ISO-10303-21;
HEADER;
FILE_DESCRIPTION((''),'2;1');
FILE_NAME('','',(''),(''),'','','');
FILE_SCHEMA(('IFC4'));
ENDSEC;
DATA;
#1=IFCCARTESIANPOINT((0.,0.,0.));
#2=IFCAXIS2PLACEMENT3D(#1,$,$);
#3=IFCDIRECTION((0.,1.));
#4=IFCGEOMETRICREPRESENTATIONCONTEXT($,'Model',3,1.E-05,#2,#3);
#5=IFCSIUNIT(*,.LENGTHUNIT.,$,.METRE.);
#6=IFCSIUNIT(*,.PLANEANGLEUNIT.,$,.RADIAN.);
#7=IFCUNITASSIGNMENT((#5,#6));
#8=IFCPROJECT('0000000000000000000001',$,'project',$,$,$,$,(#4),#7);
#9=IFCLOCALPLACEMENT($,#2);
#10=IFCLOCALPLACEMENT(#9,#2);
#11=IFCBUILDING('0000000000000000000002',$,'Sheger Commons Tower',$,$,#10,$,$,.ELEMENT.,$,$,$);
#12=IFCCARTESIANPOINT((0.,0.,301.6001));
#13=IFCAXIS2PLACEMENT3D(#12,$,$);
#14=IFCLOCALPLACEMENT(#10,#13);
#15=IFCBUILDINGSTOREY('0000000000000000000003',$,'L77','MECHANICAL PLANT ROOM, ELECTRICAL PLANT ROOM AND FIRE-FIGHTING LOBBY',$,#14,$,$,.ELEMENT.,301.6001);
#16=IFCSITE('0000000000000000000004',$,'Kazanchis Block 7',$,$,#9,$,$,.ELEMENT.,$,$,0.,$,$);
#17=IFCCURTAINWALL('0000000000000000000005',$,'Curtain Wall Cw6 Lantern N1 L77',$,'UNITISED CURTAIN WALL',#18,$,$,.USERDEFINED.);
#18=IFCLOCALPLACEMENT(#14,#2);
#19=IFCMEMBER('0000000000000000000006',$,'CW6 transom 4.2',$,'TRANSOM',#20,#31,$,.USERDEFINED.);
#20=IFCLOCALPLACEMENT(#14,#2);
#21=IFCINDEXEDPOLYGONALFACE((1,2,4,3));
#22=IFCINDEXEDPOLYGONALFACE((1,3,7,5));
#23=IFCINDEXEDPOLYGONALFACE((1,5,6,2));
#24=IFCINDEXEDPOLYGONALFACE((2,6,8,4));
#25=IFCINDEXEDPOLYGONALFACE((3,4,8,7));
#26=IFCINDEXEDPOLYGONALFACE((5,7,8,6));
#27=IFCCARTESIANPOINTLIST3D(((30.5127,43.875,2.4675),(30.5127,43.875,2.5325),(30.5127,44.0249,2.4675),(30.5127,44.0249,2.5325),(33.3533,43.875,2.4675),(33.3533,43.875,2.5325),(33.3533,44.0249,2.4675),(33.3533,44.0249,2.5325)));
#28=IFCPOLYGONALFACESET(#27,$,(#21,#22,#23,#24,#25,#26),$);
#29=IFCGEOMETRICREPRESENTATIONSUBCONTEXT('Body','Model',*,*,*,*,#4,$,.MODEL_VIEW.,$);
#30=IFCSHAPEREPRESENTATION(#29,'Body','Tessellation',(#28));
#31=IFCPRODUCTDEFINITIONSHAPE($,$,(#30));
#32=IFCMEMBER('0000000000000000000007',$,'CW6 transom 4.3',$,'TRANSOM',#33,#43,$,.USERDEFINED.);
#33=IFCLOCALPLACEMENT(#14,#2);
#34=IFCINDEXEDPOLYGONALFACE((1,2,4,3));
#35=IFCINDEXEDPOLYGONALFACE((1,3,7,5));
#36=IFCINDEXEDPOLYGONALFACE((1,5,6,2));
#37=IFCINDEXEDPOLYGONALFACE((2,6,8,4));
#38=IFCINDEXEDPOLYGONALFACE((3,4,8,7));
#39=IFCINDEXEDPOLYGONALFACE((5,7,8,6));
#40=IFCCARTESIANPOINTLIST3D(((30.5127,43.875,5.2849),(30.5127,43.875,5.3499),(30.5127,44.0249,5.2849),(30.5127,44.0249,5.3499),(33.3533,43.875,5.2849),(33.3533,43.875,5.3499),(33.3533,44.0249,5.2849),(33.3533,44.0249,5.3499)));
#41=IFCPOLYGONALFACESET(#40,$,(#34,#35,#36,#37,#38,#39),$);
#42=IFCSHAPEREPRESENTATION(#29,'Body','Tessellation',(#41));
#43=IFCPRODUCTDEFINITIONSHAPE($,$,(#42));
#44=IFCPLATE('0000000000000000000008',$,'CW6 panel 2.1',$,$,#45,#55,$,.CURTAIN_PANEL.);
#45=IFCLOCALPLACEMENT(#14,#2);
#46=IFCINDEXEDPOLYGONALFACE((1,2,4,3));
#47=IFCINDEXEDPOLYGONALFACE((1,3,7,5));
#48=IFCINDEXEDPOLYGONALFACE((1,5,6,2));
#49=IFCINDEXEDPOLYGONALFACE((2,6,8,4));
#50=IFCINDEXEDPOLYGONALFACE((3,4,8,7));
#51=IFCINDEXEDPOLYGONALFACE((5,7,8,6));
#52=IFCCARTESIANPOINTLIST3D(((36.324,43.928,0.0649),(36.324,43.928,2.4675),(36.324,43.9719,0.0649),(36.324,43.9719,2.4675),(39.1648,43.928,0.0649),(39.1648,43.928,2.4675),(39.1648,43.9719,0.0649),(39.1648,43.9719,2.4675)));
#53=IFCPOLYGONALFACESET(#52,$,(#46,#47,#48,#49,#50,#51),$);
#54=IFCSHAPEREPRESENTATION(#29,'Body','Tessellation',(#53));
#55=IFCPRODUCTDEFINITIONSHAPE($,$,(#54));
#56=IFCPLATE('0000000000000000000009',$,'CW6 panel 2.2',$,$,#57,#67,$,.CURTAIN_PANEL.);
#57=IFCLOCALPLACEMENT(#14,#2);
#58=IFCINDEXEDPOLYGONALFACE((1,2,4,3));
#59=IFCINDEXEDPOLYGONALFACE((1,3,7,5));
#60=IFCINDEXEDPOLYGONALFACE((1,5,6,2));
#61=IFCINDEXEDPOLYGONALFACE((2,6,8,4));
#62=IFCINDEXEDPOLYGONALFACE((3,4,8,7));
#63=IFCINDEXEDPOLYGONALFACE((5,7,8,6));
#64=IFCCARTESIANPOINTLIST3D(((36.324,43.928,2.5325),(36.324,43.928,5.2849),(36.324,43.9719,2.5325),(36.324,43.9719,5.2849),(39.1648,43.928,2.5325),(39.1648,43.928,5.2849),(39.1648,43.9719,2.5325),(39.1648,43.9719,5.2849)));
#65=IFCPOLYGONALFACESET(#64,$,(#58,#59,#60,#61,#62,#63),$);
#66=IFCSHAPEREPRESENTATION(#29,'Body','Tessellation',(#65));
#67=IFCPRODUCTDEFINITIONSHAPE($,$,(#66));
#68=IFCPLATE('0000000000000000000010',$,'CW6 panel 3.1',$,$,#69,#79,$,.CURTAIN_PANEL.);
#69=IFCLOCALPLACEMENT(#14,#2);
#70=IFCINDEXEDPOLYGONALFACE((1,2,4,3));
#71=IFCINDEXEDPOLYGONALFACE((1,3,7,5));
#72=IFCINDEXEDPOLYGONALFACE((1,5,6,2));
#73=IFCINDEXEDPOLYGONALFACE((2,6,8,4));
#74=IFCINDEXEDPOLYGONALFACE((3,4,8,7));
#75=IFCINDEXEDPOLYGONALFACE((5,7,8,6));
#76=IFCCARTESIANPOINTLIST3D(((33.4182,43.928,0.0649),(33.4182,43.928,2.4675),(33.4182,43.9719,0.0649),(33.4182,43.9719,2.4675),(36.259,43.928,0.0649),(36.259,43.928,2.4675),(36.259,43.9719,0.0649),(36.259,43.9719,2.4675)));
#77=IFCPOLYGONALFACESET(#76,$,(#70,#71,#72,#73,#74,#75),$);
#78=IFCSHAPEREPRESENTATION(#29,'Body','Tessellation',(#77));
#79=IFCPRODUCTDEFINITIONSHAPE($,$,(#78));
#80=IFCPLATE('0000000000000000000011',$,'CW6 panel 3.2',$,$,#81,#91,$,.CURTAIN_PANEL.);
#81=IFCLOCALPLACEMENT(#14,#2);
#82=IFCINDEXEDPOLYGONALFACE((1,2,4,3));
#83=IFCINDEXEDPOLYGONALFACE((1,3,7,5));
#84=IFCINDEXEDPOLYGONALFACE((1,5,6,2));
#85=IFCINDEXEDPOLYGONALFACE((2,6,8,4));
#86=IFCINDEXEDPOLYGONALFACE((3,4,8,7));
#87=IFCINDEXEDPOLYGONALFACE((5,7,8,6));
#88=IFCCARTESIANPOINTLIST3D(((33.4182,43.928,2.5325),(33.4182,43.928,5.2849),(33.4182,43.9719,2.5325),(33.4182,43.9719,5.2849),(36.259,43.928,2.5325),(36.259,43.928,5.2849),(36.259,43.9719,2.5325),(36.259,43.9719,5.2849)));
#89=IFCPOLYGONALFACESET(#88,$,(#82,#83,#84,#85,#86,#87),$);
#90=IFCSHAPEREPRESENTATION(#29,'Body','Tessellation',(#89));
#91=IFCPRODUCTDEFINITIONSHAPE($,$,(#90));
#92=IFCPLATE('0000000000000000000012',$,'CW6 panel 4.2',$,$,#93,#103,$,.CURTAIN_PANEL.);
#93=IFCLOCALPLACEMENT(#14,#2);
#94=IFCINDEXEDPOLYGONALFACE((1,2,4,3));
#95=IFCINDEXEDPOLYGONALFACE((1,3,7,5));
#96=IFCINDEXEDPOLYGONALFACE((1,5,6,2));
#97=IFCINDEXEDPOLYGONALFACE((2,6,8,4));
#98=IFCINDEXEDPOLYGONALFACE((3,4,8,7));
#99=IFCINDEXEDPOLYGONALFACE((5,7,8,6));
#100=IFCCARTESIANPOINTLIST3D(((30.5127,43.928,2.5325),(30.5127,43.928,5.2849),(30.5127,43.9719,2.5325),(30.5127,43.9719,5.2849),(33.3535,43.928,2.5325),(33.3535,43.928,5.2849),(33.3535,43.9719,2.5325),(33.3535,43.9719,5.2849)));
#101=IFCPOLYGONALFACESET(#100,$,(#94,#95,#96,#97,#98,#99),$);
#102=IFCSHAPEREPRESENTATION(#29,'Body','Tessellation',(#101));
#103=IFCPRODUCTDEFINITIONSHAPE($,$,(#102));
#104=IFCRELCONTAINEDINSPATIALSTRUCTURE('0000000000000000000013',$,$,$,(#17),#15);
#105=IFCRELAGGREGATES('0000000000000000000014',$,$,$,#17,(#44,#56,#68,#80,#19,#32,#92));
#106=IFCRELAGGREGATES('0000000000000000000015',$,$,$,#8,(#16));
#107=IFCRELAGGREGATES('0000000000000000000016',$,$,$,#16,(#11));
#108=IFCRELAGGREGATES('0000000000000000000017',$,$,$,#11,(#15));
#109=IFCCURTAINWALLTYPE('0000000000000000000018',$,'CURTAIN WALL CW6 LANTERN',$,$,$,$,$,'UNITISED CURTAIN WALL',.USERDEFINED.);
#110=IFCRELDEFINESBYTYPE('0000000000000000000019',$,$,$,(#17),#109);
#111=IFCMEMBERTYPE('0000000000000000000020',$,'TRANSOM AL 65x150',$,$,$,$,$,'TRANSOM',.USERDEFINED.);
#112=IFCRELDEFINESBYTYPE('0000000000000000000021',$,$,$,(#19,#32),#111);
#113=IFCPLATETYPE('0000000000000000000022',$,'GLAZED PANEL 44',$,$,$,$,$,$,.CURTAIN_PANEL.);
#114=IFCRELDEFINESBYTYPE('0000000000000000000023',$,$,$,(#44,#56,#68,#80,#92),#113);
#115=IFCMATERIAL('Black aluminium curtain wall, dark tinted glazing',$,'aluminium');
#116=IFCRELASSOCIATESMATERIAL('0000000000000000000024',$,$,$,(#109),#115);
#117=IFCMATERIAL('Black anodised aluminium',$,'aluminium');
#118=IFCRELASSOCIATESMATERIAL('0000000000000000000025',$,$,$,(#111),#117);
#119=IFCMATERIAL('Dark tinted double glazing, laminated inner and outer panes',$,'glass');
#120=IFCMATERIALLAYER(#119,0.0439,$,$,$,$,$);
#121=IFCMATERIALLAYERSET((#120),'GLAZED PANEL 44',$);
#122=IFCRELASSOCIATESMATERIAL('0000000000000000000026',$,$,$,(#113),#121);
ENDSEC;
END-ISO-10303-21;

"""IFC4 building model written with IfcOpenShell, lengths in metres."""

from ifc_helpers import new_model, si_unit, direction, frame, origin, origin_2d, place, context, subcontext, project, spatial, rectangle, extrude, material, layer, layer_set, material_profile, profile_set, type_object, element, aggregate, save


model = new_model("IFC4")

# Units and contexts
model_context = context("Model", 3, precision=1e-05, world=origin(), true_north=direction((0.0, 1.0)))
body_context = subcontext(model_context, "Body", "Model", "MODEL_VIEW")
ifc_project = project(units=[si_unit("LENGTHUNIT", "METRE"), si_unit("PLANEANGLEUNIT", "RADIAN")], contexts=[model_context])

# Site, building, storey
site_placement = place(None, origin())
site = spatial("IfcSite", under=ifc_project, at=site_placement, Name="Kazanchis Block 7", CompositionType="ELEMENT", RefElevation=0.0)
building_placement = place(site_placement, origin())
building = spatial("IfcBuilding", under=site, at=building_placement, Name="Sheger Commons Tower", CompositionType="ELEMENT")
storey_placement = place(building_placement, frame((0.0, 0.0, 301.6001)))
storey = spatial("IfcBuildingStorey", under=building, at=storey_placement, Name="L77", Description="MECHANICAL PLANT ROOM, ELECTRICAL PLANT ROOM AND FIRE-FIGHTING LOBBY", CompositionType="ELEMENT", Elevation=301.6001)

# Curtain wall
ifc_material_1 = material(Name="Black aluminium curtain wall, dark tinted glazing", Category="aluminium")
curtain_wall_type = type_object("IfcCurtainWallType", Name="CURTAIN WALL CW6 LANTERN", ElementType="UNITISED CURTAIN WALL", PredefinedType="USERDEFINED", material=ifc_material_1)
curtain_wall_placement = place(storey_placement, origin())
curtain_wall = element("IfcCurtainWall", 1, at=curtain_wall_placement, inside=storey, type_object=curtain_wall_type, Name="Curtain Wall Cw6 Lantern N1 L77", ObjectType="UNITISED CURTAIN WALL", PredefinedType="USERDEFINED")

# Members
ifc_material_2 = material(Name="Black anodised aluminium", Category="aluminium")
ifc_material_profile_1 = material_profile(ifc_material_2, rectangle(XDim=0.1499, YDim=0.0649, at=origin_2d()), Name="AL 65x150")
ifc_profile_set_1 = profile_set([ifc_material_profile_1], Name="Black anodised aluminium")
member_type_1 = type_object("IfcMemberType", Name="TRANSOM AL 65x150", ElementType="TRANSOM", PredefinedType="USERDEFINED", material=ifc_profile_set_1)
member_1_placement = place(storey_placement, frame((33.3533, 43.95, 2.5), z_axis=(-1.0, 0.0, 0.0), x_axis=(0.0, -1.0, 0.0)))
member_1 = element("IfcMember", 2, at=member_1_placement, type_object=member_type_1, Name="CW6 transom 4.2", ObjectType="TRANSOM", PredefinedType="USERDEFINED", context=body_context, shape_type="SweptSolid", body=[
    extrude(rectangle(XDim=0.1499, YDim=0.0649, at=origin_2d()), origin(), (0.0, 0.0, 1.0), 2.8406),
])
member_2_placement = place(storey_placement, frame((33.3533, 43.95, 5.3174), z_axis=(-1.0, 0.0, 0.0), x_axis=(0.0, -1.0, 0.0)))
member_2 = element("IfcMember", 3, at=member_2_placement, type_object=member_type_1, Name="CW6 transom 4.3", ObjectType="TRANSOM", PredefinedType="USERDEFINED", context=body_context, shape_type="SweptSolid", body=[
    extrude(rectangle(XDim=0.1499, YDim=0.0649, at=origin_2d()), origin(), (0.0, 0.0, 1.0), 2.8406),
])

# Plates
ifc_material_3 = material(Name="Dark tinted double glazing, laminated inner and outer panes", Category="glass")
ifc_layer = layer(ifc_material_3, 0.0439)
ifc_layer_set = layer_set([ifc_layer], Name="GLAZED PANEL 44")
plate_type = type_object("IfcPlateType", Name="GLAZED PANEL 44", PredefinedType="CURTAIN_PANEL", material=ifc_layer_set)
plate_1_placement = place(storey_placement, frame((37.7444, 43.95, 0.0649), z_axis=(0.0, 0.0, 1.0), x_axis=(-1.0, 0.0, 0.0)))
plate_1 = element("IfcPlate", 4, at=plate_1_placement, type_object=plate_type, Name="CW6 panel 2.1", PredefinedType="CURTAIN_PANEL", context=body_context, shape_type="SweptSolid", body=[
    extrude(rectangle(XDim=2.8408, YDim=0.0439, at=origin_2d()), origin(), (0.0, 0.0, 1.0), 2.4026),
])
plate_2_placement = place(storey_placement, frame((37.7444, 43.95, 2.5325), z_axis=(0.0, 0.0, 1.0), x_axis=(-1.0, 0.0, 0.0)))
plate_2 = element("IfcPlate", 5, at=plate_2_placement, type_object=plate_type, Name="CW6 panel 2.2", PredefinedType="CURTAIN_PANEL", context=body_context, shape_type="SweptSolid", body=[
    extrude(rectangle(XDim=2.8408, YDim=0.0439, at=origin_2d()), origin(), (0.0, 0.0, 1.0), 2.7524),
])
plate_3_placement = place(storey_placement, frame((34.8386, 43.95, 0.0649), z_axis=(0.0, 0.0, 1.0), x_axis=(-1.0, 0.0, 0.0)))
plate_3 = element("IfcPlate", 6, at=plate_3_placement, type_object=plate_type, Name="CW6 panel 3.1", PredefinedType="CURTAIN_PANEL", context=body_context, shape_type="SweptSolid", body=[
    extrude(rectangle(XDim=2.8408, YDim=0.0439, at=origin_2d()), origin(), (0.0, 0.0, 1.0), 2.4026),
])
plate_4_placement = place(storey_placement, frame((34.8386, 43.95, 2.5325), z_axis=(0.0, 0.0, 1.0), x_axis=(-1.0, 0.0, 0.0)))
plate_4 = element("IfcPlate", 7, at=plate_4_placement, type_object=plate_type, Name="CW6 panel 3.2", PredefinedType="CURTAIN_PANEL", context=body_context, shape_type="SweptSolid", body=[
    extrude(rectangle(XDim=2.8408, YDim=0.0439, at=origin_2d()), origin(), (0.0, 0.0, 1.0), 2.7524),
])
plate_5_placement = place(storey_placement, frame((31.9331, 43.95, 2.5325), z_axis=(0.0, 0.0, 1.0), x_axis=(-1.0, 0.0, 0.0)))
plate_5 = element("IfcPlate", 8, at=plate_5_placement, type_object=plate_type, Name="CW6 panel 4.2", PredefinedType="CURTAIN_PANEL", context=body_context, shape_type="SweptSolid", body=[
    extrude(rectangle(XDim=2.8408, YDim=0.0439, at=origin_2d()), origin(), (0.0, 0.0, 1.0), 2.7524),
])
aggregate(curtain_wall, [plate_1, plate_2, plate_3, plate_4, member_1, member_2, plate_5])

save(model, "model.ifc")
